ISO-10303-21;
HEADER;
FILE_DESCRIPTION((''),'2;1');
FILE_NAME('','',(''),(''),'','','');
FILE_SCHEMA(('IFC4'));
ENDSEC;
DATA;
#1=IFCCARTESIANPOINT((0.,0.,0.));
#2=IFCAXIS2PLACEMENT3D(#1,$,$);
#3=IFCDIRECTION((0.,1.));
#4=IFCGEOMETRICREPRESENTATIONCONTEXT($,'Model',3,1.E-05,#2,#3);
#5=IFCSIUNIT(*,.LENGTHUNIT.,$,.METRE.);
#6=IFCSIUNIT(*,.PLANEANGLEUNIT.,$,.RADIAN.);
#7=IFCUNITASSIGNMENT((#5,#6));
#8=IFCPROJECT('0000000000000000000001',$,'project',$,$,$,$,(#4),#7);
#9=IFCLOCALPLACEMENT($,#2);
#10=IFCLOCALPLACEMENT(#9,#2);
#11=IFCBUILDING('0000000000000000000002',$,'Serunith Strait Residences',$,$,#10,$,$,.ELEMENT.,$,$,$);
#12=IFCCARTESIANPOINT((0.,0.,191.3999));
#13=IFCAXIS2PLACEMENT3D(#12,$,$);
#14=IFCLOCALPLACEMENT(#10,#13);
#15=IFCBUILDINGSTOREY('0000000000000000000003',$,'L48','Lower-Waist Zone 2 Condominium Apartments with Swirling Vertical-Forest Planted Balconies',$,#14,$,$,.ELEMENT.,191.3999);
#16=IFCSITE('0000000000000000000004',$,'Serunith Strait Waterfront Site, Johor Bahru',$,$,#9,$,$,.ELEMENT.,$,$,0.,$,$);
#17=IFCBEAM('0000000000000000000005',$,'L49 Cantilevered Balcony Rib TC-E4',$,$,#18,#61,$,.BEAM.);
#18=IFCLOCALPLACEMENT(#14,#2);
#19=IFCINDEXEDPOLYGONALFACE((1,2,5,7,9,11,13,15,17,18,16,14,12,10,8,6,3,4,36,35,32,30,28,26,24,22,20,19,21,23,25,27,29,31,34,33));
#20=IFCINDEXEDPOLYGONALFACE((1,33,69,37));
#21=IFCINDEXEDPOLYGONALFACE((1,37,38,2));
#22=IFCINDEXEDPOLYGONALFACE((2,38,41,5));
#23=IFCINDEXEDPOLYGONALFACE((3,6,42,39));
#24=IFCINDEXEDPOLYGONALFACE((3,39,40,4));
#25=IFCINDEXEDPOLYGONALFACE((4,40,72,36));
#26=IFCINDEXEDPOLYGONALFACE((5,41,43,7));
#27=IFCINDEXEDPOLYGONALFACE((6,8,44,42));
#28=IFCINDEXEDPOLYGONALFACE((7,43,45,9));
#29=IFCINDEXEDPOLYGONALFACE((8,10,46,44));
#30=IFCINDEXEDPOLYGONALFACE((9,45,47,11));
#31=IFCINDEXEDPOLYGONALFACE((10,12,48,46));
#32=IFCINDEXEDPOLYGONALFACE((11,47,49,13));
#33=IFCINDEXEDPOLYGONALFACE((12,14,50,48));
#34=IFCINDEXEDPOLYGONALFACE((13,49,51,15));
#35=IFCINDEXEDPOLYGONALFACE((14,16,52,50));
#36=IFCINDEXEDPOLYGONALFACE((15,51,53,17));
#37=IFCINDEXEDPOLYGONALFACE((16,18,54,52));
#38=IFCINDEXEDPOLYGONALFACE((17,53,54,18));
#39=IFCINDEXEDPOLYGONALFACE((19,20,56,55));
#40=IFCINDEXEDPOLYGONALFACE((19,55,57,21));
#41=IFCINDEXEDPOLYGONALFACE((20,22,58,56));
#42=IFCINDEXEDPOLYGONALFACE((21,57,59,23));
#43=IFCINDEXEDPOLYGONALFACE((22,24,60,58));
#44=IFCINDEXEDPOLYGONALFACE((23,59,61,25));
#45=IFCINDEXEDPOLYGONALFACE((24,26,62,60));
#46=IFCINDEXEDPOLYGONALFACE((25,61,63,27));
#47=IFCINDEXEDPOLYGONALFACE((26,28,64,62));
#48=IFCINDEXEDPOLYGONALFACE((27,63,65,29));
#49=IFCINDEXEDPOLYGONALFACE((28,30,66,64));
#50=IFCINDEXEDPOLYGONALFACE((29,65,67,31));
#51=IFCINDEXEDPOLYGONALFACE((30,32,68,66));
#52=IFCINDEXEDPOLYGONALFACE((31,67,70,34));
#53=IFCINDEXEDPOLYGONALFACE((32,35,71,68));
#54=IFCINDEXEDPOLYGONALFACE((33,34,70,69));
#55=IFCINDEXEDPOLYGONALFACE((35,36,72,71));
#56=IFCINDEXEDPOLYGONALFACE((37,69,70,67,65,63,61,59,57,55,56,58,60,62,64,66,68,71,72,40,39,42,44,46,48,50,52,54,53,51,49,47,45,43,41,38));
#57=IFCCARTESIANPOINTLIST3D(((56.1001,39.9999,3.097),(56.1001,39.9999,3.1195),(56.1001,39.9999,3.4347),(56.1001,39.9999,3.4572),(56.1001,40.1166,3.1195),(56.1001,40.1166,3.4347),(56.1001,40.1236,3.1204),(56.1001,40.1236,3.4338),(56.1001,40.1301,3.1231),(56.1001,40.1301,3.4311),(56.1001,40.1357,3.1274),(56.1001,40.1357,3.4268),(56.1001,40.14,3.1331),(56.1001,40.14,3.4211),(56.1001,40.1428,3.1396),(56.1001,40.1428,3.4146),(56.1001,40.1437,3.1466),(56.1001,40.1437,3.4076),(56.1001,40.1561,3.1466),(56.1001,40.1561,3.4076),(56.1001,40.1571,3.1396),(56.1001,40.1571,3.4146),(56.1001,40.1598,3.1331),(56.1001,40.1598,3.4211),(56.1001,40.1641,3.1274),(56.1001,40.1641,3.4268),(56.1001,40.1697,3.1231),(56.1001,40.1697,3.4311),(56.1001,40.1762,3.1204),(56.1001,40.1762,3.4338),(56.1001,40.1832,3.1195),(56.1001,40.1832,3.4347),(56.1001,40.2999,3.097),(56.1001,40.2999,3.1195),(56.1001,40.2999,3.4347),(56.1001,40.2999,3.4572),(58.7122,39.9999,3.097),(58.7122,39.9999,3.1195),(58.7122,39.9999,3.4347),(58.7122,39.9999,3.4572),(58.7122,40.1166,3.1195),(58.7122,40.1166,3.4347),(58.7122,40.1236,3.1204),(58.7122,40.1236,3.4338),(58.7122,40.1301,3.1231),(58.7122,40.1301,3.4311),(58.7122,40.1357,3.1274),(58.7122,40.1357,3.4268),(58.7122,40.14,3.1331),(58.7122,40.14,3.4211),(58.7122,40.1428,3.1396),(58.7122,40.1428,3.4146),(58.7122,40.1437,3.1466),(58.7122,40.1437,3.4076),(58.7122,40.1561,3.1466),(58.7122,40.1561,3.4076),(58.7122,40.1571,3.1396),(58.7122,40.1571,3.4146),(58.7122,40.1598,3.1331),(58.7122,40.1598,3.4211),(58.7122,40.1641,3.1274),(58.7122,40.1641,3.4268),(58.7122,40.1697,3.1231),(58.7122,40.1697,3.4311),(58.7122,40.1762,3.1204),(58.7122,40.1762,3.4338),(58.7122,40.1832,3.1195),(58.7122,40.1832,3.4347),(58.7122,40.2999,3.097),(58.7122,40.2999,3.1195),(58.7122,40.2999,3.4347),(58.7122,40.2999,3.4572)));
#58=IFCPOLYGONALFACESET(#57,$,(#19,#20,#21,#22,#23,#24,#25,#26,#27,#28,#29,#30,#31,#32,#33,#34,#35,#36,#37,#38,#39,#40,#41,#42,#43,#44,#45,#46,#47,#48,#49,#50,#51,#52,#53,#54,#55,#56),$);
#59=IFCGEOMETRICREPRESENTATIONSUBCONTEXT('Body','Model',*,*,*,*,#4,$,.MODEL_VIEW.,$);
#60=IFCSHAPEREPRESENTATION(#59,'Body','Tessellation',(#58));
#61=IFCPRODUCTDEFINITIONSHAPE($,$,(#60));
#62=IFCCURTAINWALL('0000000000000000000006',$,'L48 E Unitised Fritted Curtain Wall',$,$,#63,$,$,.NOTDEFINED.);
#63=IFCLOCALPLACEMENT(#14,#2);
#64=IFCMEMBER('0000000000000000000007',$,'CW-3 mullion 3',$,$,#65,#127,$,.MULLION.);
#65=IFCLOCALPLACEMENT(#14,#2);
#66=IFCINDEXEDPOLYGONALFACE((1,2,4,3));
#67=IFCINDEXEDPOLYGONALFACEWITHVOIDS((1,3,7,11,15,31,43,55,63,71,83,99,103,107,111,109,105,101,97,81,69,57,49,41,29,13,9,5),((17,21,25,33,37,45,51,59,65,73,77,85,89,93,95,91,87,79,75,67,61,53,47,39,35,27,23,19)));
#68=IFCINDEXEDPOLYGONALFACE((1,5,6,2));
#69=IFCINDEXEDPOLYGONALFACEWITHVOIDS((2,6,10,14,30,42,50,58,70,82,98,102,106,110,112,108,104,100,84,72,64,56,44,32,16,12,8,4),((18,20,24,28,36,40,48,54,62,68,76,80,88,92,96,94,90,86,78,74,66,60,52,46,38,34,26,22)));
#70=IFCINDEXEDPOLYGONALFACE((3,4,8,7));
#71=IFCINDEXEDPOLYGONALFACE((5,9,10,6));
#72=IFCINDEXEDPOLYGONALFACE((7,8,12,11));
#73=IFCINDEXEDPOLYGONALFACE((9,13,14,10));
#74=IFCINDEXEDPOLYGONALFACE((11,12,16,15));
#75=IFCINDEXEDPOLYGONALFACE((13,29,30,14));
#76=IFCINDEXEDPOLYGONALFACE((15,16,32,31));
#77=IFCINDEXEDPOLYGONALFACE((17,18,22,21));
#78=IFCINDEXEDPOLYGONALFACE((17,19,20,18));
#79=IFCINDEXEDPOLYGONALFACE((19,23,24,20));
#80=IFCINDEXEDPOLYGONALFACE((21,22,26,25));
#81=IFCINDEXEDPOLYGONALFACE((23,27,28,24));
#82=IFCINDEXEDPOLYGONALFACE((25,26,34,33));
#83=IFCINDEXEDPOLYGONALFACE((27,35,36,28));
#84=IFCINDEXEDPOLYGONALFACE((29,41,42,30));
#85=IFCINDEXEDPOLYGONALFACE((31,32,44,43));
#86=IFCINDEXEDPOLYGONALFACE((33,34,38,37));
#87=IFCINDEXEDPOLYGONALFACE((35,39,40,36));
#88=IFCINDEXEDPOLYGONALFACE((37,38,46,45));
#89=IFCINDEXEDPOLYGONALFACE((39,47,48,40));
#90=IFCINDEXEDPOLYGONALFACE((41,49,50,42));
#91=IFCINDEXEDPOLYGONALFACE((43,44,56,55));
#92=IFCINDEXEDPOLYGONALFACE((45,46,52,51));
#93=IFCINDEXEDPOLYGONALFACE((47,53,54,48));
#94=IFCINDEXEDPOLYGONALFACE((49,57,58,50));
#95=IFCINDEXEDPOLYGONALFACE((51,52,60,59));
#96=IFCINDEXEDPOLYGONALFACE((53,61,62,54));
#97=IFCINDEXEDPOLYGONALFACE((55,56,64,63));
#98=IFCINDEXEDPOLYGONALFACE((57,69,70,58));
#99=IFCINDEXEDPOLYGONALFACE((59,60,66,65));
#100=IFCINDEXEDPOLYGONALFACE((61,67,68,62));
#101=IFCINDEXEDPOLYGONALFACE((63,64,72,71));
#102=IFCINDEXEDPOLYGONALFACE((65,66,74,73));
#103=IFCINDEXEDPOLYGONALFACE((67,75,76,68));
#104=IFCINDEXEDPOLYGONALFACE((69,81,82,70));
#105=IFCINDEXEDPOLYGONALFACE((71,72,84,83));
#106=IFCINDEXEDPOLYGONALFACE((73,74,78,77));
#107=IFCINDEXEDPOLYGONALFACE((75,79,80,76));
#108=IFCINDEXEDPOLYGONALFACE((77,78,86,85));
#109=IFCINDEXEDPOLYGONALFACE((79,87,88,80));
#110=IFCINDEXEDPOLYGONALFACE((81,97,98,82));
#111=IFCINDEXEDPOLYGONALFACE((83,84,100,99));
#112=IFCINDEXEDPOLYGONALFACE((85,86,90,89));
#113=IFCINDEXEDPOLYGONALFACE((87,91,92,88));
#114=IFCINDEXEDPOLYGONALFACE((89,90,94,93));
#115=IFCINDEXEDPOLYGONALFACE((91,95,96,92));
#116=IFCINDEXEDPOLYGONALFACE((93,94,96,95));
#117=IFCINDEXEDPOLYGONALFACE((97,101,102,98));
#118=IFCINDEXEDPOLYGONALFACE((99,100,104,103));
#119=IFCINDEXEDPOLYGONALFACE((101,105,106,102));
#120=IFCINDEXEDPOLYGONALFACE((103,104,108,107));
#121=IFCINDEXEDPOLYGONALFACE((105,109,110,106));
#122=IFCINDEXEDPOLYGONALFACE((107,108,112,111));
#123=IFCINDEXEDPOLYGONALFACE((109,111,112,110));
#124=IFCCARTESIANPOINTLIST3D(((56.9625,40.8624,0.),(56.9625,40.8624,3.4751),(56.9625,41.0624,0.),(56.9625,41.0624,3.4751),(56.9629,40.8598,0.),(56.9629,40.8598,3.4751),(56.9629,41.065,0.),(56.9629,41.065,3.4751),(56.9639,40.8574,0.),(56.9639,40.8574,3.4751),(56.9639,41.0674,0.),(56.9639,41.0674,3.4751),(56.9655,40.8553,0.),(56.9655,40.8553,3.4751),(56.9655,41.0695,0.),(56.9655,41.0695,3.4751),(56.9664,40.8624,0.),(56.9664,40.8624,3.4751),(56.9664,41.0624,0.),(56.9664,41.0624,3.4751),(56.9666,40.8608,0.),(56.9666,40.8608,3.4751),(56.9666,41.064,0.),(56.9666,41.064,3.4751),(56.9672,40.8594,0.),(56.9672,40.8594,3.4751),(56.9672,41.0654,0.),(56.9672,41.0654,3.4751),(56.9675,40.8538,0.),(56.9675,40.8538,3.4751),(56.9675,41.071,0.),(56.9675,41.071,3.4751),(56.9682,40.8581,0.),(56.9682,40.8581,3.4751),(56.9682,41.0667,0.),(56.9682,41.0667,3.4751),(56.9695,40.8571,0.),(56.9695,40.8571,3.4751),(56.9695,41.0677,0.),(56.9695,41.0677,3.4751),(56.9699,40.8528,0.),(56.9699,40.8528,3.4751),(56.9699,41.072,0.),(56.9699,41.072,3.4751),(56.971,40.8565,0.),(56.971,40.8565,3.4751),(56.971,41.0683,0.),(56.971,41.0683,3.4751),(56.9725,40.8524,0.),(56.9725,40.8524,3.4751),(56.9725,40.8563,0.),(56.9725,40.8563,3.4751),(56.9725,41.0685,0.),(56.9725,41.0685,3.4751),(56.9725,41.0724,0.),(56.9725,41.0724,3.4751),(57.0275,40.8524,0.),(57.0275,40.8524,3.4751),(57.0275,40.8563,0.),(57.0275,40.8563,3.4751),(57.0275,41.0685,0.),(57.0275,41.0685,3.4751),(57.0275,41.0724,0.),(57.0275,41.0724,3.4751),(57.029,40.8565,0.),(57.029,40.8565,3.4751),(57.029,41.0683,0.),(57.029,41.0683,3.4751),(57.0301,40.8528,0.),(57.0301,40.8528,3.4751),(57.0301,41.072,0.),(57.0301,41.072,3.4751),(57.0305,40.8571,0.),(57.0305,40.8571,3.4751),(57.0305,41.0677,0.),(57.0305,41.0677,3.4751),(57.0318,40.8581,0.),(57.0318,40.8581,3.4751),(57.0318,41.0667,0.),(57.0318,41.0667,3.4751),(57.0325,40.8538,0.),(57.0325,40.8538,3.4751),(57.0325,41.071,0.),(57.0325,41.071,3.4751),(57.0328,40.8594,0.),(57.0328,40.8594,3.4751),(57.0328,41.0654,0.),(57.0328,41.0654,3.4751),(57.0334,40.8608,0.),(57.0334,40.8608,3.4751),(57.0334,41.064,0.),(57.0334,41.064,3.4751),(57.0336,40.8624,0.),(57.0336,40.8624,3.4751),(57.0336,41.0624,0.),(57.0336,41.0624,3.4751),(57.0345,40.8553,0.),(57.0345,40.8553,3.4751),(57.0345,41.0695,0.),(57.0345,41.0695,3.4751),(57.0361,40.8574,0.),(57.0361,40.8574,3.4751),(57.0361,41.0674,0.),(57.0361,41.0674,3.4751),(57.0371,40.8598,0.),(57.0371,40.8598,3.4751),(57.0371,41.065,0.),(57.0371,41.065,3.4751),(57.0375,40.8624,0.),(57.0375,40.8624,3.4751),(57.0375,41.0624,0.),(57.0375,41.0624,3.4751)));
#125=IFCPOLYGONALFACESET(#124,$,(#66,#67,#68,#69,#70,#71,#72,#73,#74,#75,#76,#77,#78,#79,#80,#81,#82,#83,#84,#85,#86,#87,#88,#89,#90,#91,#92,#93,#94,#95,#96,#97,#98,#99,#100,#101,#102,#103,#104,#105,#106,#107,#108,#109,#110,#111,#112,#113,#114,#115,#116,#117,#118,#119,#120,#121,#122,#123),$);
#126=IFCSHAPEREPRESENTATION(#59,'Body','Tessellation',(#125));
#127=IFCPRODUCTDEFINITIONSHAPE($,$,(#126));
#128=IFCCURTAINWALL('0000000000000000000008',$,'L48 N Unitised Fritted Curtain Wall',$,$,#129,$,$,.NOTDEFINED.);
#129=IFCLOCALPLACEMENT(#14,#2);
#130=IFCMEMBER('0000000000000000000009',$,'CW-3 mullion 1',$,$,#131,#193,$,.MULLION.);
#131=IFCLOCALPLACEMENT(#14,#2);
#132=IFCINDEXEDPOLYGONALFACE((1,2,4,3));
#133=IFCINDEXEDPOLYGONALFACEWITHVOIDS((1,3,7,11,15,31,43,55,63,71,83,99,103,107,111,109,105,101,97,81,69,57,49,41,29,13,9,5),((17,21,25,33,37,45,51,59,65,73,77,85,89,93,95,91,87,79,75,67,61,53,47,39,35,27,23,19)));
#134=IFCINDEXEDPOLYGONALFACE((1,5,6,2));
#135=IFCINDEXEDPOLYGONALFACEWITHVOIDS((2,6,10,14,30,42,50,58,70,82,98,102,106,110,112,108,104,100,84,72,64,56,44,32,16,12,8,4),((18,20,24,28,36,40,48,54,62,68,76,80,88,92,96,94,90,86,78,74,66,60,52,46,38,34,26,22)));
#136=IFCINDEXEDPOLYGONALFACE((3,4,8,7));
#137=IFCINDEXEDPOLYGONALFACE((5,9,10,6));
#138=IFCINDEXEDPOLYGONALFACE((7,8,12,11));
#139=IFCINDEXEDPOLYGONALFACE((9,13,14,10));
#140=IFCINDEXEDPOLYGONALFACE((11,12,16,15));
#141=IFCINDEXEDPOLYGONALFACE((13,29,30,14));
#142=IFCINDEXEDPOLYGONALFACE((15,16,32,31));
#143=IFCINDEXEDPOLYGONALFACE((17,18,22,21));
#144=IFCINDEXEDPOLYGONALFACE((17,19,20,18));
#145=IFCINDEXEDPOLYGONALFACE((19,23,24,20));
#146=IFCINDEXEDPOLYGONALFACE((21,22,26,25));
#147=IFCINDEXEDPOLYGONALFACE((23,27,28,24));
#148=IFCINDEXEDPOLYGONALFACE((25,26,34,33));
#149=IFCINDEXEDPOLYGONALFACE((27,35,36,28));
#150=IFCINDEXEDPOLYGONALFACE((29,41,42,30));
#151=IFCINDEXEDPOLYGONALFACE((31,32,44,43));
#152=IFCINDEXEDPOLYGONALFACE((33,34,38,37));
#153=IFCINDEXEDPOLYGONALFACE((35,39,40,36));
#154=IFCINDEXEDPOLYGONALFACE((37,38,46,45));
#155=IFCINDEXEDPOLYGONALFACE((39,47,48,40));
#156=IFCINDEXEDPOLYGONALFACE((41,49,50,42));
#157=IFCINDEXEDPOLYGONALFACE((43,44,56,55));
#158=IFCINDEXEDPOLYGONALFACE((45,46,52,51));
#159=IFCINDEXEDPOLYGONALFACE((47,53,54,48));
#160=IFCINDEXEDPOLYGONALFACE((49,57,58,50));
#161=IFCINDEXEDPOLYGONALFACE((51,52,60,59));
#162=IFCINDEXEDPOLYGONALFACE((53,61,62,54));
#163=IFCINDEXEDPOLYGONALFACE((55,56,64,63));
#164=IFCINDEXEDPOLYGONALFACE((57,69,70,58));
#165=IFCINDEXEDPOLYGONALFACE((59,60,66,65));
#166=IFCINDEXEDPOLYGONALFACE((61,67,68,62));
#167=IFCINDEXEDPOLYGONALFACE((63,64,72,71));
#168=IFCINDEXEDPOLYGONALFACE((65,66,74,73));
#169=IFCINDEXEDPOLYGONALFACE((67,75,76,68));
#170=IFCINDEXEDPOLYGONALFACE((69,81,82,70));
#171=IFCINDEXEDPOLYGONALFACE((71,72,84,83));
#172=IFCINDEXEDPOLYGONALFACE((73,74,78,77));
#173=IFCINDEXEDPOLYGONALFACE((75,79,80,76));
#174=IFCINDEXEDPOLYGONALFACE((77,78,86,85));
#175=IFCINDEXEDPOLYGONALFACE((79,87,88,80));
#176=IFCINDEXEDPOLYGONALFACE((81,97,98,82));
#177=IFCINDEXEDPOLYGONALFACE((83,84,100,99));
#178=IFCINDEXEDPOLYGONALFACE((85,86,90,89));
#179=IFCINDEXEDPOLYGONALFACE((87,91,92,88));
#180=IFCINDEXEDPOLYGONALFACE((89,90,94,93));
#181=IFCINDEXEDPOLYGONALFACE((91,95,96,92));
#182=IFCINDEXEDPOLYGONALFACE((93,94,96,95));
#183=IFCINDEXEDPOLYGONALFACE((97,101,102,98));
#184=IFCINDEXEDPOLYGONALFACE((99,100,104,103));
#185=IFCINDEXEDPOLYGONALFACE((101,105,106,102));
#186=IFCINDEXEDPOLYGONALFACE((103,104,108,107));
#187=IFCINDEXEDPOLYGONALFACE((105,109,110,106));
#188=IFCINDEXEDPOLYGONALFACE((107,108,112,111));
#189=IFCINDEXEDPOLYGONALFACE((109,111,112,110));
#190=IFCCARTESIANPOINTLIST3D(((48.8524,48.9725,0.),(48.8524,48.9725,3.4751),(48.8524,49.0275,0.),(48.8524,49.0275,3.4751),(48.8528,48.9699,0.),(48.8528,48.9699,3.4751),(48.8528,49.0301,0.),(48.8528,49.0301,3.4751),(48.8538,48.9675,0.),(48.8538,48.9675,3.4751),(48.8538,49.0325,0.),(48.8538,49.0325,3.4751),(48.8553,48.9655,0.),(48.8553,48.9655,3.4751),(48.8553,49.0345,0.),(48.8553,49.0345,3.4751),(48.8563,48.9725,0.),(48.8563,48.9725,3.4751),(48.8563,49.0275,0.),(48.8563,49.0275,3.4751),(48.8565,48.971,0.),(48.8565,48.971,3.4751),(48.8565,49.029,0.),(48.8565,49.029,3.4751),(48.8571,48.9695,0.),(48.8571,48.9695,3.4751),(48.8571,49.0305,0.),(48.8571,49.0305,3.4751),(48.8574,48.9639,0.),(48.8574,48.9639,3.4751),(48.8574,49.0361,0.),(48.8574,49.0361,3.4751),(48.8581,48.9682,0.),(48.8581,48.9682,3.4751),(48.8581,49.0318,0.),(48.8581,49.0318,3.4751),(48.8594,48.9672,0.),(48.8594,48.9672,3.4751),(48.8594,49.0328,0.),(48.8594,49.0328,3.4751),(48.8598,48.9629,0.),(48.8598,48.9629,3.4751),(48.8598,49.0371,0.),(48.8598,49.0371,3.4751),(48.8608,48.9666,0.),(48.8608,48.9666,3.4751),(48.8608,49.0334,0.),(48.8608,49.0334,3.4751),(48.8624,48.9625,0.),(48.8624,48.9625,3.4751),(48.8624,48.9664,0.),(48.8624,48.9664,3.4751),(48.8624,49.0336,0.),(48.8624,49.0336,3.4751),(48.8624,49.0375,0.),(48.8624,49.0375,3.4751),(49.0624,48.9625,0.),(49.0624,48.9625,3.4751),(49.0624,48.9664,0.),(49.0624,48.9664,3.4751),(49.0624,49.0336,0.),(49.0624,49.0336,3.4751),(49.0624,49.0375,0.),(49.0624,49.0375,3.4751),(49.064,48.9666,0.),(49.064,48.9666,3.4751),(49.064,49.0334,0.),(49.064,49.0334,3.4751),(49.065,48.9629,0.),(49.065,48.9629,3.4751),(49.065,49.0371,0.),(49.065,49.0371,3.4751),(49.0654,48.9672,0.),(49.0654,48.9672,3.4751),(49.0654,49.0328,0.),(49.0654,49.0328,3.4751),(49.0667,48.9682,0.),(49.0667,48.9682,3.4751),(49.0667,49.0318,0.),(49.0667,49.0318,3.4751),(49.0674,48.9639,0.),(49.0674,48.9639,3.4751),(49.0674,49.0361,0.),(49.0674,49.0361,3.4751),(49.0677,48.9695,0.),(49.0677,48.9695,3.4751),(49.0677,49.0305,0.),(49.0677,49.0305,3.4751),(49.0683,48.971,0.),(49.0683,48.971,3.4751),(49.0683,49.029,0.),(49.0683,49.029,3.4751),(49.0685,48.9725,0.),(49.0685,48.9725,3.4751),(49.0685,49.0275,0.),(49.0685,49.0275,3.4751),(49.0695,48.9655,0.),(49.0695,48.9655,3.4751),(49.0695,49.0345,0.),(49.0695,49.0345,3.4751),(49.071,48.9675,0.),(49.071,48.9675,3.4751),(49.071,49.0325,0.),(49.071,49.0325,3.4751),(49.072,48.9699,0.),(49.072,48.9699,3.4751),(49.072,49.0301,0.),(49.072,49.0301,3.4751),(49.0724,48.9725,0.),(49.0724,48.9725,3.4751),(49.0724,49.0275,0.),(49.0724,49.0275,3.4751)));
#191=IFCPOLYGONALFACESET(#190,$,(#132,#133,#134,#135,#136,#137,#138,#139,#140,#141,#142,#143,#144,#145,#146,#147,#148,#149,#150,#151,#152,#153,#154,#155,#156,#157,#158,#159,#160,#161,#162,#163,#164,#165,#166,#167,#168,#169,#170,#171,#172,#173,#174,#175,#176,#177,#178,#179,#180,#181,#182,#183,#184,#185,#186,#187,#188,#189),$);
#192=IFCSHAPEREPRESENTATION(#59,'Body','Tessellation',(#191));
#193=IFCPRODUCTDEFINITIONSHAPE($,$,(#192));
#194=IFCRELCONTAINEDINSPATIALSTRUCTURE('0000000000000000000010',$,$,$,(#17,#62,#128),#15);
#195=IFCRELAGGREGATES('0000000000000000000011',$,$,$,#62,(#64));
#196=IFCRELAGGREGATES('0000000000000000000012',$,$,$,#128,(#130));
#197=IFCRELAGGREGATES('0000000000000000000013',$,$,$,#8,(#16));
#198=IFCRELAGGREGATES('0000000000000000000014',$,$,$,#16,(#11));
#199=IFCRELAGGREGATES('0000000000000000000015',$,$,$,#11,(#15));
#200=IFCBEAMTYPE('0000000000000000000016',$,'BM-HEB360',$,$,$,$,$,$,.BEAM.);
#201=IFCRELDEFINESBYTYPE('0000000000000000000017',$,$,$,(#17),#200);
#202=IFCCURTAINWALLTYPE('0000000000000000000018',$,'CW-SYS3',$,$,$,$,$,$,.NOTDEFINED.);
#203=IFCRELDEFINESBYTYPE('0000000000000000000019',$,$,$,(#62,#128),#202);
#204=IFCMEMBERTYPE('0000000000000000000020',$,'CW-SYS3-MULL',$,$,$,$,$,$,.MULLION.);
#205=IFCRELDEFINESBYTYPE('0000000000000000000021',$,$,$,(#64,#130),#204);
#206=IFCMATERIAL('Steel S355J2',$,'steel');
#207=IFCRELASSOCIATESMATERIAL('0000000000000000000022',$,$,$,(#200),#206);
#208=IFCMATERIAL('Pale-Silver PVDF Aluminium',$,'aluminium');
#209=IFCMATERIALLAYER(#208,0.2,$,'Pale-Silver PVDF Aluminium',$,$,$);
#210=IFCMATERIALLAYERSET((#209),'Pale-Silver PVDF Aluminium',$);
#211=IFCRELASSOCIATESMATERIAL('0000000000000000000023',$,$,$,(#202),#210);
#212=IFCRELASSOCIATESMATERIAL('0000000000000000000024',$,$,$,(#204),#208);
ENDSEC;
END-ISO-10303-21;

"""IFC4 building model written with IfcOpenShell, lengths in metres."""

from ifc_helpers import new_model, si_unit, direction, frame, origin, origin_2d, place, context, subcontext, project, spatial, hollow_rectangle, i_section, extrude, source, transform, mapped, material, layer, layer_set, material_profile, profile_set, type_object, element, aggregate, save


model = new_model("IFC4")

# Units and contexts
model_context = context("Model", 3, precision=1e-05, world=origin(), true_north=direction((0.0, 1.0)))
body_context = subcontext(model_context, "Body", "Model", "MODEL_VIEW")
ifc_project = project(units=[si_unit("LENGTHUNIT", "METRE"), si_unit("PLANEANGLEUNIT", "RADIAN")], contexts=[model_context])

# Site, building, storey
site_placement = place(None, origin())
site = spatial("IfcSite", under=ifc_project, at=site_placement, Name="Serunith Strait Waterfront Site, Johor Bahru", CompositionType="ELEMENT", RefElevation=0.0)
building_placement = place(site_placement, origin())
building = spatial("IfcBuilding", under=site, at=building_placement, Name="Serunith Strait Residences", CompositionType="ELEMENT")
storey_placement = place(building_placement, frame((0.0, 0.0, 191.3999)))
storey = spatial("IfcBuildingStorey", under=building, at=storey_placement, Name="L48", Description="Lower-Waist Zone 2 Condominium Apartments with Swirling Vertical-Forest Planted Balconies", CompositionType="ELEMENT", Elevation=191.3999)

# Beam
ifc_material_1 = material(Name="Steel S355J2", Category="steel")
ifc_material_profile_1 = material_profile(ifc_material_1, i_section(OverallWidth=0.3, OverallDepth=0.3601, WebThickness=0.0125, FlangeThickness=0.0225, FilletRadius=0.0271, at=origin_2d()), Name="HEB 360")
ifc_profile_set_1 = profile_set([ifc_material_profile_1], Name="Steel S355J2")
beam_type_1 = type_object("IfcBeamType", Name="BM-HEB360", PredefinedType="BEAM", material=ifc_profile_set_1)
shared_shape_1 = source(origin(), body_context, "Body", "SweptSolid", [
    extrude(i_section(OverallWidth=0.3, OverallDepth=0.3601, WebThickness=0.0125, FlangeThickness=0.0225, FilletRadius=0.0271, at=origin_2d()), origin(), (0.0, 0.0, 1.0), 2.6121),
])
beam_1_placement = place(storey_placement, frame((56.1001, 40.1499, 3.2771), z_axis=(1.0, 0.0, 0.0), x_axis=(0.0, 1.0, 0.0)))
element("IfcBeam", 1, at=beam_1_placement, inside=storey, type_object=beam_type_1, Name="L49 Cantilevered Balcony Rib TC-E4", PredefinedType="BEAM", context=body_context, shape_type="MappedRepresentation", body=[
    mapped(shared_shape_1, transform((0.0, 0.0, 0.0), scale=1.0)),
])

# Curtain wall, member
ifc_material_2 = material(Name="Pale-Silver PVDF Aluminium", Category="aluminium")
ifc_layer_1 = layer(ifc_material_2, 0.2, Name="Pale-Silver PVDF Aluminium")
ifc_layer_set_1 = layer_set([ifc_layer_1], Name="Pale-Silver PVDF Aluminium")
curtain_wall_type = type_object("IfcCurtainWallType", Name="CW-SYS3", PredefinedType="NOTDEFINED", material=ifc_layer_set_1)
curtain_wall_1_placement = place(storey_placement, origin())
curtain_wall_1 = element("IfcCurtainWall", 2, at=curtain_wall_1_placement, inside=storey, type_object=curtain_wall_type, Name="L48 E Unitised Fritted Curtain Wall", PredefinedType="NOTDEFINED")
ifc_material_profile_2 = material_profile(ifc_material_2, hollow_rectangle(XDim=0.075, YDim=0.22, WallThickness=0.0039, InnerFilletRadius=0.0061, OuterFilletRadius=0.01, at=origin_2d()), Name="ALU 220x75x4")
ifc_profile_set_2 = profile_set([ifc_material_profile_2], Name="Pale-Silver PVDF Aluminium")
member_type_1 = type_object("IfcMemberType", Name="CW-SYS3-MULL", PredefinedType="MULLION", material=ifc_profile_set_2)
shared_shape_2 = source(origin(), body_context, "Body", "SweptSolid", [
    extrude(hollow_rectangle(XDim=0.075, YDim=0.22, WallThickness=0.0039, InnerFilletRadius=0.0061, OuterFilletRadius=0.01, at=origin_2d()), origin(), (0.0, 0.0, 1.0), 3.4751),
])
member_1_placement = place(storey_placement, frame((57.0, 40.9624, 0.0), z_axis=(0.0, 0.0, 1.0), x_axis=(-1.0, 0.0, 0.0)))
member_1 = element("IfcMember", 3, at=member_1_placement, type_object=member_type_1, Name="CW-3 mullion 3", PredefinedType="MULLION", context=body_context, shape_type="MappedRepresentation", body=[
    mapped(shared_shape_2, transform((0.0, 0.0, 0.0), scale=1.0)),
])
aggregate(curtain_wall_1, [member_1])

# Curtain wall, member
curtain_wall_2_placement = place(storey_placement, origin())
curtain_wall_2 = element("IfcCurtainWall", 4, at=curtain_wall_2_placement, inside=storey, type_object=curtain_wall_type, Name="L48 N Unitised Fritted Curtain Wall", PredefinedType="NOTDEFINED")
member_2_placement = place(storey_placement, frame((48.9624, 49.0, 0.0), z_axis=(0.0, 0.0, 1.0), x_axis=(0.0, -1.0, 0.0)))
member_2 = element("IfcMember", 5, at=member_2_placement, type_object=member_type_1, Name="CW-3 mullion 1", PredefinedType="MULLION", context=body_context, shape_type="MappedRepresentation", body=[
    mapped(shared_shape_2, transform((0.0, 0.0, 0.0), scale=1.0)),
])
aggregate(curtain_wall_2, [member_2])

save(model, "model.ifc")
